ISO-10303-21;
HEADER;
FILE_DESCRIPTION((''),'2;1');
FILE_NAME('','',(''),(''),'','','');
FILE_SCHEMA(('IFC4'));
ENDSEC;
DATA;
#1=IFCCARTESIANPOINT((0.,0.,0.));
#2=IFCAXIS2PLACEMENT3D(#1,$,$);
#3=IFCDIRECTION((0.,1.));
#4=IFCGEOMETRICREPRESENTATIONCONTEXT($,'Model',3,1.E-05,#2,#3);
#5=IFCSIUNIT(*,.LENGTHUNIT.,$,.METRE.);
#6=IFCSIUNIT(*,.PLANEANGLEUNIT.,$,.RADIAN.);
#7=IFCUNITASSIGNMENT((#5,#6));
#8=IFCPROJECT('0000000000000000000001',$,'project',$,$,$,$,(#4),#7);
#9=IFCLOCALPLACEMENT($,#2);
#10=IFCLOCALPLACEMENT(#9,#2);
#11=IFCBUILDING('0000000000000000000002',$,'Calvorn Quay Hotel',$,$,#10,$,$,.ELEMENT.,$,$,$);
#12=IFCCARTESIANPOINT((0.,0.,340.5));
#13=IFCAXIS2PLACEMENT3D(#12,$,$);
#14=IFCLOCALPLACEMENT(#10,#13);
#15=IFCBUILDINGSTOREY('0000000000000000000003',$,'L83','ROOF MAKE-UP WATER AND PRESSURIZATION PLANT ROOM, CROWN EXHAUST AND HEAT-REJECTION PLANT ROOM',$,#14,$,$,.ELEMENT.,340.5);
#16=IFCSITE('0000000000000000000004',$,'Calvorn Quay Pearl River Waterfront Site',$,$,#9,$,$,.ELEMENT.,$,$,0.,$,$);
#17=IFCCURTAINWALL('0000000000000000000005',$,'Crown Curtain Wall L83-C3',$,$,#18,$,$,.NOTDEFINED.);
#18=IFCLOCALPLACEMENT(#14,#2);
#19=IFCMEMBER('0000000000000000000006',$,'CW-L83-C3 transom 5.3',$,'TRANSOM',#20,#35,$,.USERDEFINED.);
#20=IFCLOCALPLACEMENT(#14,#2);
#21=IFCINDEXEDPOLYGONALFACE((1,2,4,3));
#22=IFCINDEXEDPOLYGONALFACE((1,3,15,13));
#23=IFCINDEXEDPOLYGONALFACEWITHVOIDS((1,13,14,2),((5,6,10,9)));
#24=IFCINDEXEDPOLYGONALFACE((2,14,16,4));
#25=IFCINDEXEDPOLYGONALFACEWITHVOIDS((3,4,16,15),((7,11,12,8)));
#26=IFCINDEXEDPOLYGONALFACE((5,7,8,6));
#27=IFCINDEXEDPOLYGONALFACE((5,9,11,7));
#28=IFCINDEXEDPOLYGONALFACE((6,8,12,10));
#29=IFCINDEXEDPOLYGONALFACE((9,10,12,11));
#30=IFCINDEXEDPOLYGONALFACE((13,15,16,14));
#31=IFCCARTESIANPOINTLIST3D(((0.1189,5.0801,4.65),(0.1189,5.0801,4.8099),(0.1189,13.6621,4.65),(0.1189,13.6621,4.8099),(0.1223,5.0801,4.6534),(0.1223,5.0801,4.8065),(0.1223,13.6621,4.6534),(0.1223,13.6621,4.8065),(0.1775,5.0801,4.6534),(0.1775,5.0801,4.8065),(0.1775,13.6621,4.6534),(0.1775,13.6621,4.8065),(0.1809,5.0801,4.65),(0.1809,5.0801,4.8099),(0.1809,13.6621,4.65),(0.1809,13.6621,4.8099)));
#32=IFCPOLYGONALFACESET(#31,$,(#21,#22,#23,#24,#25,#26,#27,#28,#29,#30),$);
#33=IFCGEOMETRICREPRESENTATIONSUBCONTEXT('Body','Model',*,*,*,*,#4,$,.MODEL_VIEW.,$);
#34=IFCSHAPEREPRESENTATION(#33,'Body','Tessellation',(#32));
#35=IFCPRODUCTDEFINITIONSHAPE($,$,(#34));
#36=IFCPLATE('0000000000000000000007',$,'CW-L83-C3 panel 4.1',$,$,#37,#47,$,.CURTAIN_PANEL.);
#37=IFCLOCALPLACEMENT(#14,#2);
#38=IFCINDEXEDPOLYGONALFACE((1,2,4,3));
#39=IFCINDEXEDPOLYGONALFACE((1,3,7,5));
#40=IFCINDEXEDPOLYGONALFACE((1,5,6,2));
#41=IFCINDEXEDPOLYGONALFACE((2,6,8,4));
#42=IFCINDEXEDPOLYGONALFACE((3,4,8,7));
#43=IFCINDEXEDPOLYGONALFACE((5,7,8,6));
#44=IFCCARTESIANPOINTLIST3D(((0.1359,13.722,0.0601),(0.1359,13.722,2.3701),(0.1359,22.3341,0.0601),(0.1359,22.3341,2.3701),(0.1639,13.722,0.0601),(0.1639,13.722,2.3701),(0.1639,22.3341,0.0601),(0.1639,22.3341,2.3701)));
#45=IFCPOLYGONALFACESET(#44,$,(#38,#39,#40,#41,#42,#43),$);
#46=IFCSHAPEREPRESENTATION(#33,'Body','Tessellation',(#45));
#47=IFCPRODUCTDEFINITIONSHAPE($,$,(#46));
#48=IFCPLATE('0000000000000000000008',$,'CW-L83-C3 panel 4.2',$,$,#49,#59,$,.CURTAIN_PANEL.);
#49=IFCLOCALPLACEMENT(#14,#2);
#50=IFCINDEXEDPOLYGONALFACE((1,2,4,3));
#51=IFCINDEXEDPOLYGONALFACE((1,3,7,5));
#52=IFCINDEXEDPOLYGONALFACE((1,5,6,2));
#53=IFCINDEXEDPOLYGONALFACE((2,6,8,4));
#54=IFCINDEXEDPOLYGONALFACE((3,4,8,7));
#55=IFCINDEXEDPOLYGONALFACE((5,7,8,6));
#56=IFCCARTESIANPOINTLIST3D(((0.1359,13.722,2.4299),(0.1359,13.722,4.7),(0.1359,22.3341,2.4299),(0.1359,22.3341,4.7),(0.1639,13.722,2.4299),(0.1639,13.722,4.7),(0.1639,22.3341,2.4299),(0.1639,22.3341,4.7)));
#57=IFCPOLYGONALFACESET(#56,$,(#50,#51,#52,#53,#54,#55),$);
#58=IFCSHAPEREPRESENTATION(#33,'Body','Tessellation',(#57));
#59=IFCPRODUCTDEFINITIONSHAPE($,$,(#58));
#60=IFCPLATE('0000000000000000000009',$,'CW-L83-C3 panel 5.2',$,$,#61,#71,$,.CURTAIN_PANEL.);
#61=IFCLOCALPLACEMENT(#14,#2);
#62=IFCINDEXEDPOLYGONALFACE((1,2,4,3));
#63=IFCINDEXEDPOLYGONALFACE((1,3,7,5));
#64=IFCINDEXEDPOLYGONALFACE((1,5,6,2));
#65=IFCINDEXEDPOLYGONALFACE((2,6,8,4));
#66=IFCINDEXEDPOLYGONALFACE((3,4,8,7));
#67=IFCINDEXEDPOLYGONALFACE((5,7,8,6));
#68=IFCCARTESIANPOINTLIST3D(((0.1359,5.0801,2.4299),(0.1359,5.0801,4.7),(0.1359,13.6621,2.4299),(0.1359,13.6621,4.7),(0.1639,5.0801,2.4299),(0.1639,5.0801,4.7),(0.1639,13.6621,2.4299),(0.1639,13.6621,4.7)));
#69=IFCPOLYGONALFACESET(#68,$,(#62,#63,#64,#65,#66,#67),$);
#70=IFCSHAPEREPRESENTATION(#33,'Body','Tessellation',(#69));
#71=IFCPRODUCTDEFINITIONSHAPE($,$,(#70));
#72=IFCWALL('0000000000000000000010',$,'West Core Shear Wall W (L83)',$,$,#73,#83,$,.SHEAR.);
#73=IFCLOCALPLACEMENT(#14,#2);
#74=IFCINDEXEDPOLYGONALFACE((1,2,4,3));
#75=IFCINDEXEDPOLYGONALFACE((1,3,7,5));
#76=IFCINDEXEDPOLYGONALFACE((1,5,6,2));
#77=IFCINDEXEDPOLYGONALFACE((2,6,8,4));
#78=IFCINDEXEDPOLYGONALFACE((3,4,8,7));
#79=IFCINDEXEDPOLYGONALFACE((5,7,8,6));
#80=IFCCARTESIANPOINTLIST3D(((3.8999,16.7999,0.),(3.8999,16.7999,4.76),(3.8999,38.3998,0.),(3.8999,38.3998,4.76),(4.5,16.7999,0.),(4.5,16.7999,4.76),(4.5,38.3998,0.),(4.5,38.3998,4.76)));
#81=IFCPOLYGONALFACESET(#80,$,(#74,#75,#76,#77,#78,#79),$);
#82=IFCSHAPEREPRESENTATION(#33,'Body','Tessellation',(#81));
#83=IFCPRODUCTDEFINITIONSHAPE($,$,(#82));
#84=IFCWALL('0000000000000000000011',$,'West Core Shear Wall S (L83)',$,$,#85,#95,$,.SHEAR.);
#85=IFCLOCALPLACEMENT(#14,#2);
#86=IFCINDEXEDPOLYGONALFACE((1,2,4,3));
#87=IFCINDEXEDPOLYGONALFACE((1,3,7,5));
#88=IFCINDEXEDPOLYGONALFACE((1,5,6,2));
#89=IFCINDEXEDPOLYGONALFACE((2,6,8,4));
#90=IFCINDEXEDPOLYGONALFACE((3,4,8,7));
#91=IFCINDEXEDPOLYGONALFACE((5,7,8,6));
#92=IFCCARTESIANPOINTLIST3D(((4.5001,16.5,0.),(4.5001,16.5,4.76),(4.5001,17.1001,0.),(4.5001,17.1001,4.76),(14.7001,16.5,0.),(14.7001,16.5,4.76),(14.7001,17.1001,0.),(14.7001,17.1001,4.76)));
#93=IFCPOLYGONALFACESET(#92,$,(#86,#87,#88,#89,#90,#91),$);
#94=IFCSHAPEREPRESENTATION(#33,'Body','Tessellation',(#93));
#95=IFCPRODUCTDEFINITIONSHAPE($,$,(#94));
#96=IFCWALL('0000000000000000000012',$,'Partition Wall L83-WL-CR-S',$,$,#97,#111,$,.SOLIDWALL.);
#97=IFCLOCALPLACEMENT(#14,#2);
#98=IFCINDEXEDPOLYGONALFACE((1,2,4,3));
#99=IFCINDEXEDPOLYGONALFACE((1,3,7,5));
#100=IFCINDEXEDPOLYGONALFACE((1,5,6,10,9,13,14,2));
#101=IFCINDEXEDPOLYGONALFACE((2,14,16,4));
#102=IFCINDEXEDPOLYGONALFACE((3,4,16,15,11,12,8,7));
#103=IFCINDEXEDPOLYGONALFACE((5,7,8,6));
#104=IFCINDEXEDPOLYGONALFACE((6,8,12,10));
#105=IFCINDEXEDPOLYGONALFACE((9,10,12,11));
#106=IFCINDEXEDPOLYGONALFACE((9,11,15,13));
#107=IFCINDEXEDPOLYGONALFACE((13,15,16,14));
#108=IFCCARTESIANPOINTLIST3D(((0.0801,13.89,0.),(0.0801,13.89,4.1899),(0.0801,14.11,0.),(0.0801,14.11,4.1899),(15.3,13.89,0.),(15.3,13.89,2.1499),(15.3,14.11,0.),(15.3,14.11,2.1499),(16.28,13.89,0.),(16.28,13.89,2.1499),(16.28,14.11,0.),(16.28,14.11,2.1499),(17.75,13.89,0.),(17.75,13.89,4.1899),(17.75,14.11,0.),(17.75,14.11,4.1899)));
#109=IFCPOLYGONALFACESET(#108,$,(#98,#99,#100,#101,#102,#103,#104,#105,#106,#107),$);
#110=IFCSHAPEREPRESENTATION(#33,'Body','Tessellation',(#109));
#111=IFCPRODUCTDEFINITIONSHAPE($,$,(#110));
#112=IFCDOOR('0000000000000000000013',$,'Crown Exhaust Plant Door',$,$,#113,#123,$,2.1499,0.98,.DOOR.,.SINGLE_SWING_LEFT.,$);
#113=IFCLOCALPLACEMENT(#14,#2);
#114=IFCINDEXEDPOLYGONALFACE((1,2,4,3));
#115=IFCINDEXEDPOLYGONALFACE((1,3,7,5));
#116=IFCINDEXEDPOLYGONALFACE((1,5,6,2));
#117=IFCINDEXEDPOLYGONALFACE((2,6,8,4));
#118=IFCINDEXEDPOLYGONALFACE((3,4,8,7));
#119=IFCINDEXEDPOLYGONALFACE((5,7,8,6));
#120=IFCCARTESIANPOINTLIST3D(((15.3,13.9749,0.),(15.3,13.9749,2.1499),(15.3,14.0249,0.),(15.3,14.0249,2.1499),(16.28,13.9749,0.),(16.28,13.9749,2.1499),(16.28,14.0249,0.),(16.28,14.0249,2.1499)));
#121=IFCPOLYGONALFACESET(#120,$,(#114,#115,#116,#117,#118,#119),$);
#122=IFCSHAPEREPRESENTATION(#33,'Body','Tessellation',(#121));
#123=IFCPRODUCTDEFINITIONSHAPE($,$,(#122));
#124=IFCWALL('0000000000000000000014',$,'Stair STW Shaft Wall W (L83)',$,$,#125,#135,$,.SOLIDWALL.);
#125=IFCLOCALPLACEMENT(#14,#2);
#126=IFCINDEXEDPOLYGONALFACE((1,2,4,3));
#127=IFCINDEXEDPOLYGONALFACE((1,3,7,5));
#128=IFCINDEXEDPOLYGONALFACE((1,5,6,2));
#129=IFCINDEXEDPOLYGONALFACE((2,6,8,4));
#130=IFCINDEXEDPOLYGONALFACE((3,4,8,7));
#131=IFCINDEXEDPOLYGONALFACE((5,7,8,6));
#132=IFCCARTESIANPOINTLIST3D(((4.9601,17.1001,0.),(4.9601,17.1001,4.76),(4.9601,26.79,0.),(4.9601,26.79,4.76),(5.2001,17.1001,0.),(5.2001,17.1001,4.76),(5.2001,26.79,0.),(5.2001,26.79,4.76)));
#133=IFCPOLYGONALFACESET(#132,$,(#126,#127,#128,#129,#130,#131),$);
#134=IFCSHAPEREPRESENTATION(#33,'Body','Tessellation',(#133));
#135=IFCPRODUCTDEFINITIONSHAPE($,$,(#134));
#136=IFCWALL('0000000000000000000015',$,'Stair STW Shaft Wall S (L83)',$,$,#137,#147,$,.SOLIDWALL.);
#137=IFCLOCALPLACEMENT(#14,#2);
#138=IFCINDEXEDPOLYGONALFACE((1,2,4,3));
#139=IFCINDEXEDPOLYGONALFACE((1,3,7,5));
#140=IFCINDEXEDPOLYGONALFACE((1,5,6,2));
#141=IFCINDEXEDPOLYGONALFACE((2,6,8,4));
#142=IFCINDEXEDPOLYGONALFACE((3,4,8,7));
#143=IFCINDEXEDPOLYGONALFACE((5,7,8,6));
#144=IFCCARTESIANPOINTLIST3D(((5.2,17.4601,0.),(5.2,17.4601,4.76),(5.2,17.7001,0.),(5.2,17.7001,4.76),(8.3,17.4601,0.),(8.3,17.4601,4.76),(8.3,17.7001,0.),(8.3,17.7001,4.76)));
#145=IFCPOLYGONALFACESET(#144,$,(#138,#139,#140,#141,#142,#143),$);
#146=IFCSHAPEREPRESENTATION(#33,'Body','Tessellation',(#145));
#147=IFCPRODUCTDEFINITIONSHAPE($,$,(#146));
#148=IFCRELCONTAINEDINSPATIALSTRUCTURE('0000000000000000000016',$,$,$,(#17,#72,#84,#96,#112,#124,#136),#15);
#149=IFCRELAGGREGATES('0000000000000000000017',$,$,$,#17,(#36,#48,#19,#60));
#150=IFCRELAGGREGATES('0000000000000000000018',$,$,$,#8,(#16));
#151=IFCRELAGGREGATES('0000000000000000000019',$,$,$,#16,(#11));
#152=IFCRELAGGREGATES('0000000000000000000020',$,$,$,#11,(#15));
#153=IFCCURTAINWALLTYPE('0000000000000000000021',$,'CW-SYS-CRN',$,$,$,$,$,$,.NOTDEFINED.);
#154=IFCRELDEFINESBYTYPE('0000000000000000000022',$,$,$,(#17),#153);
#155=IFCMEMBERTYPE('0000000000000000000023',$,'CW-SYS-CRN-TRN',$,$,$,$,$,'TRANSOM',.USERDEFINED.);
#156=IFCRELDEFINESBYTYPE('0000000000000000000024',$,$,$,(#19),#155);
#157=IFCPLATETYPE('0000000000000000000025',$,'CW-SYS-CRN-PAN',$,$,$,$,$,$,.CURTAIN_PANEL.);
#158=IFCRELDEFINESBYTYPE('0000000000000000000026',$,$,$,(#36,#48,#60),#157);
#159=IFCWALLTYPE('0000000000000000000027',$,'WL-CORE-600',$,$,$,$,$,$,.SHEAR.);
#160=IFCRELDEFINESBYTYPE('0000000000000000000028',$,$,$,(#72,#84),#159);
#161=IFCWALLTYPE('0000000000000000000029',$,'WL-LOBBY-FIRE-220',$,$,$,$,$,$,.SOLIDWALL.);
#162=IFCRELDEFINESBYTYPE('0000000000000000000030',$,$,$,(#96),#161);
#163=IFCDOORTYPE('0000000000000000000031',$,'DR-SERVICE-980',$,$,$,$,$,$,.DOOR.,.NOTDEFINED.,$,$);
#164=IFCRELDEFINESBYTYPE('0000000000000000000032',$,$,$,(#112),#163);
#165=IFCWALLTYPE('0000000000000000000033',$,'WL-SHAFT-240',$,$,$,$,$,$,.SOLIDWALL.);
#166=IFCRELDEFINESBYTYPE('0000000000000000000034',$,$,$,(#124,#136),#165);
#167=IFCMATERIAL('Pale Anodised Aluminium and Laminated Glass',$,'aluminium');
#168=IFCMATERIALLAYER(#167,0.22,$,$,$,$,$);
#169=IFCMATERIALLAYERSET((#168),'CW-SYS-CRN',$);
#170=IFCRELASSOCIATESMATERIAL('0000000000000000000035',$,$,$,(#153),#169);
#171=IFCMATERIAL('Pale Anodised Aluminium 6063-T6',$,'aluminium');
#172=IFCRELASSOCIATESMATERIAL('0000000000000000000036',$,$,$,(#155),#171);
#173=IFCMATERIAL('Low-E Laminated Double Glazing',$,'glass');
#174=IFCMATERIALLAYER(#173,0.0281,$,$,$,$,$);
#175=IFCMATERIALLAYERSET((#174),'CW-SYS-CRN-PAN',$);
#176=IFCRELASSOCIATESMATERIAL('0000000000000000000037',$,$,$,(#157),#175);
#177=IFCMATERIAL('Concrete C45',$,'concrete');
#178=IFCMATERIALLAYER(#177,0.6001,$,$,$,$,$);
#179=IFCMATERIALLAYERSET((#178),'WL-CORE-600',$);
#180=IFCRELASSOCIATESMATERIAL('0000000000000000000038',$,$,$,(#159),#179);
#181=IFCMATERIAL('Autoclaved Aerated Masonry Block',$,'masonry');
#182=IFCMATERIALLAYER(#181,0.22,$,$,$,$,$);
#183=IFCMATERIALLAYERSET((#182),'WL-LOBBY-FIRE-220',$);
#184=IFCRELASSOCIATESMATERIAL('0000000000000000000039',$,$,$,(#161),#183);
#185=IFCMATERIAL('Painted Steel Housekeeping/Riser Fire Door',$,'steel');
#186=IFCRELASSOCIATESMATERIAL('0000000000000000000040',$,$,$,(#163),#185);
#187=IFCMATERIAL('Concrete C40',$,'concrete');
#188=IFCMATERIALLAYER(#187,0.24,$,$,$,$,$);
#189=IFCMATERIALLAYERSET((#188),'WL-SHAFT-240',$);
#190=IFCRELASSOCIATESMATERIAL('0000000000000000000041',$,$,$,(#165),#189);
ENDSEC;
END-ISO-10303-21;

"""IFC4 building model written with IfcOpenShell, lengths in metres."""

from ifc_helpers import new_model, si_unit, direction, frame, frame_2d, origin, origin_2d, place, context, subcontext, project, spatial, rectangle, hollow_rectangle, extrude, material, layer, layer_set, material_profile, profile_set, type_object, element, fill, aggregate, save


model = new_model("IFC4")

# Units and contexts
model_context = context("Model", 3, precision=1e-05, world=origin(), true_north=direction((0.0, 1.0)))
body_context = subcontext(model_context, "Body", "Model", "MODEL_VIEW")
ifc_project = project(units=[si_unit("LENGTHUNIT", "METRE"), si_unit("PLANEANGLEUNIT", "RADIAN")], contexts=[model_context])

# Site, building, storey
site_placement = place(None, origin())
site = spatial("IfcSite", under=ifc_project, at=site_placement, Name="Calvorn Quay Pearl River Waterfront Site", CompositionType="ELEMENT", RefElevation=0.0)
building_placement = place(site_placement, origin())
building = spatial("IfcBuilding", under=site, at=building_placement, Name="Calvorn Quay Hotel", CompositionType="ELEMENT")
storey_placement = place(building_placement, frame((0.0, 0.0, 340.5)))
storey = spatial("IfcBuildingStorey", under=building, at=storey_placement, Name="L83", Description="ROOF MAKE-UP WATER AND PRESSURIZATION PLANT ROOM, CROWN EXHAUST AND HEAT-REJECTION PLANT ROOM", CompositionType="ELEMENT", Elevation=340.5)

# Curtain wall, member, plates
ifc_material_1 = material(Name="Pale Anodised Aluminium and Laminated Glass", Category="aluminium")
ifc_layer_1 = layer(ifc_material_1, 0.22)
ifc_layer_set_1 = layer_set([ifc_layer_1], Name="CW-SYS-CRN")
curtain_wall_type = type_object("IfcCurtainWallType", Name="CW-SYS-CRN", PredefinedType="NOTDEFINED", material=ifc_layer_set_1)
curtain_wall_placement = place(storey_placement, origin())
curtain_wall = element("IfcCurtainWall", 1, at=curtain_wall_placement, inside=storey, type_object=curtain_wall_type, Name="Crown Curtain Wall L83-C3", PredefinedType="NOTDEFINED")
ifc_material_2 = material(Name="Pale Anodised Aluminium 6063-T6", Category="aluminium")
ifc_material_profile_1 = material_profile(ifc_material_2, hollow_rectangle(XDim=0.062, YDim=0.1599, WallThickness=0.0034, at=origin_2d()), Name="ALU-T160x62x3.5")
ifc_profile_set_1 = profile_set([ifc_material_profile_1], Name="Pale Anodised Aluminium 6063-T6")
member_type_1 = type_object("IfcMemberType", Name="CW-SYS-CRN-TRN", ElementType="TRANSOM", PredefinedType="USERDEFINED", material=ifc_profile_set_1)
member_1_placement = place(storey_placement, frame((0.1499, 13.6621, 4.73), z_axis=(0.0, -1.0, 0.0), x_axis=(1.0, 0.0, 0.0)))
member_1 = element("IfcMember", 2, at=member_1_placement, type_object=member_type_1, Name="CW-L83-C3 transom 5.3", ObjectType="TRANSOM", PredefinedType="USERDEFINED", context=body_context, shape_type="SweptSolid", body=[
    extrude(hollow_rectangle(XDim=0.062, YDim=0.1599, WallThickness=0.0034, at=origin_2d()), origin(), (0.0, 0.0, 1.0), 8.582),
])
ifc_material_3 = material(Name="Low-E Laminated Double Glazing", Category="glass")
ifc_layer_2 = layer(ifc_material_3, 0.0281)
ifc_layer_set_2 = layer_set([ifc_layer_2], Name="CW-SYS-CRN-PAN")
plate_type = type_object("IfcPlateType", Name="CW-SYS-CRN-PAN", PredefinedType="CURTAIN_PANEL", material=ifc_layer_set_2)
plate_1_placement = place(storey_placement, frame((0.1499, 18.0281, 0.0601), z_axis=(0.0, 0.0, 1.0), x_axis=(0.0, -1.0, 0.0)))
plate_1 = element("IfcPlate", 3, at=plate_1_placement, type_object=plate_type, Name="CW-L83-C3 panel 4.1", PredefinedType="CURTAIN_PANEL", context=body_context, shape_type="SweptSolid", body=[
    extrude(rectangle(XDim=8.6121, YDim=0.0281, at=origin_2d()), origin(), (0.0, 0.0, 1.0), 2.3101),
])
plate_2_placement = place(storey_placement, frame((0.1499, 18.0281, 2.4299), z_axis=(0.0, 0.0, 1.0), x_axis=(0.0, -1.0, 0.0)))
plate_2 = element("IfcPlate", 4, at=plate_2_placement, type_object=plate_type, Name="CW-L83-C3 panel 4.2", PredefinedType="CURTAIN_PANEL", context=body_context, shape_type="SweptSolid", body=[
    extrude(rectangle(XDim=8.6121, YDim=0.0281, at=origin_2d()), origin(), (0.0, 0.0, 1.0), 2.27),
])
plate_3_placement = place(storey_placement, frame((0.1499, 9.3711, 2.4299), z_axis=(0.0, 0.0, 1.0), x_axis=(0.0, -1.0, 0.0)))
plate_3 = element("IfcPlate", 5, at=plate_3_placement, type_object=plate_type, Name="CW-L83-C3 panel 5.2", PredefinedType="CURTAIN_PANEL", context=body_context, shape_type="SweptSolid", body=[
    extrude(rectangle(XDim=8.582, YDim=0.0281, at=origin_2d()), origin(), (0.0, 0.0, 1.0), 2.27),
])
aggregate(curtain_wall, [plate_1, plate_2, member_1, plate_3])

# Walls
ifc_material_4 = material(Name="Concrete C45", Category="concrete")
ifc_layer_3 = layer(ifc_material_4, 0.6001)
ifc_layer_set_3 = layer_set([ifc_layer_3], Name="WL-CORE-600")
wall_type_1 = type_object("IfcWallType", Name="WL-CORE-600", PredefinedType="SHEAR", material=ifc_layer_set_3)
wall_1_placement = place(storey_placement, frame((4.2, 16.8, 0.0), z_axis=(0.0, 0.0, 1.0), x_axis=(0.0, 1.0, 0.0)))
element("IfcWall", 6, at=wall_1_placement, inside=storey, type_object=wall_type_1, Name="West Core Shear Wall W (L83)", PredefinedType="SHEAR", context=body_context, shape_type="SweptSolid", body=[
    extrude(rectangle(XDim=21.5999, YDim=0.6001, at=frame_2d((10.7998, 0.0))), origin(), (0.0, 0.0, 1.0), 4.76),
])
wall_2_placement = place(storey_placement, frame((4.5, 16.8, 0.0), z_axis=(0.0, 0.0, 1.0), x_axis=(1.0, 0.0, 0.0)))
element("IfcWall", 7, at=wall_2_placement, inside=storey, type_object=wall_type_1, Name="West Core Shear Wall S (L83)", PredefinedType="SHEAR", context=body_context, shape_type="SweptSolid", body=[
    extrude(rectangle(XDim=10.2, YDim=0.6001, at=frame_2d((5.1001, 0.0))), origin(), (0.0, 0.0, 1.0), 4.76),
])

# Wall, opening, door
ifc_material_5 = material(Name="Autoclaved Aerated Masonry Block", Category="masonry")
ifc_layer_4 = layer(ifc_material_5, 0.22)
ifc_layer_set_4 = layer_set([ifc_layer_4], Name="WL-LOBBY-FIRE-220")
wall_type_2 = type_object("IfcWallType", Name="WL-LOBBY-FIRE-220", PredefinedType="SOLIDWALL", material=ifc_layer_set_4)
wall_3_placement = place(storey_placement, frame((0.0801, 14.0, 0.0), z_axis=(0.0, 0.0, 1.0), x_axis=(1.0, 0.0, 0.0)))
wall_3 = element("IfcWall", 8, at=wall_3_placement, inside=storey, type_object=wall_type_2, Name="Partition Wall L83-WL-CR-S", PredefinedType="SOLIDWALL", context=body_context, shape_type="SweptSolid", body=[
    extrude(rectangle(XDim=17.6699, YDim=0.22, at=frame_2d((8.835, 0.0))), origin(), (0.0, 0.0, 1.0), 4.1899),
])
opening_placement = place(wall_3_placement, frame((15.22, 0.0, 0.0)))
opening = element("IfcOpeningElement", 9, at=opening_placement, cuts=wall_3, PredefinedType="OPENING", context=body_context, shape_type="SweptSolid", body=[
    extrude(rectangle(XDim=0.98, YDim=2.1499, at=frame_2d((0.49, 1.075))), frame((0.0, 0.1199, 0.0), z_axis=(0.0, -1.0, 0.0), x_axis=(1.0, 0.0, 0.0)), (0.0, 0.0, 1.0), 0.24),
])
ifc_material_6 = material(Name="Painted Steel Housekeeping/Riser Fire Door", Category="steel")
door_type = type_object("IfcDoorType", Name="DR-SERVICE-980", OperationType="NOTDEFINED", PredefinedType="DOOR", material=ifc_material_6)
door_placement = place(opening_placement, origin())
door = element("IfcDoor", 10, at=door_placement, inside=storey, type_object=door_type, Name="Crown Exhaust Plant Door", OperationType="SINGLE_SWING_LEFT", OverallHeight=2.1499, OverallWidth=0.98, PredefinedType="DOOR", context=body_context, shape_type="SweptSolid", body=[
    extrude(rectangle(XDim=0.98, YDim=2.1499, at=frame_2d((0.49, 1.075))), frame((0.0, 0.0249, 0.0), z_axis=(0.0, -1.0, 0.0), x_axis=(1.0, 0.0, 0.0)), (0.0, 0.0, 1.0), 0.05),
])
fill(opening, door)

# Walls
ifc_material_7 = material(Name="Concrete C40", Category="concrete")
ifc_layer_5 = layer(ifc_material_7, 0.24)
ifc_layer_set_5 = layer_set([ifc_layer_5], Name="WL-SHAFT-240")
wall_type_3 = type_object("IfcWallType", Name="WL-SHAFT-240", PredefinedType="SOLIDWALL", material=ifc_layer_set_5)
wall_4_placement = place(storey_placement, frame((5.0801, 17.1001, 0.0), z_axis=(0.0, 0.0, 1.0), x_axis=(0.0, 1.0, 0.0)))
element("IfcWall", 11, at=wall_4_placement, inside=storey, type_object=wall_type_3, Name="Stair STW Shaft Wall W (L83)", PredefinedType="SOLIDWALL", context=body_context, shape_type="SweptSolid", body=[
    extrude(rectangle(XDim=9.6899, YDim=0.24, at=frame_2d((4.845, 0.0))), origin(), (0.0, 0.0, 1.0), 4.76),
])
wall_5_placement = place(storey_placement, frame((5.2, 17.5801, 0.0), z_axis=(0.0, 0.0, 1.0), x_axis=(1.0, 0.0, 0.0)))
element("IfcWall", 12, at=wall_5_placement, inside=storey, type_object=wall_type_3, Name="Stair STW Shaft Wall S (L83)", PredefinedType="SOLIDWALL", context=body_context, shape_type="SweptSolid", body=[
    extrude(rectangle(XDim=3.1001, YDim=0.24, at=frame_2d((1.55, 0.0))), origin(), (0.0, 0.0, 1.0), 4.76),
])

save(model, "model.ifc")
